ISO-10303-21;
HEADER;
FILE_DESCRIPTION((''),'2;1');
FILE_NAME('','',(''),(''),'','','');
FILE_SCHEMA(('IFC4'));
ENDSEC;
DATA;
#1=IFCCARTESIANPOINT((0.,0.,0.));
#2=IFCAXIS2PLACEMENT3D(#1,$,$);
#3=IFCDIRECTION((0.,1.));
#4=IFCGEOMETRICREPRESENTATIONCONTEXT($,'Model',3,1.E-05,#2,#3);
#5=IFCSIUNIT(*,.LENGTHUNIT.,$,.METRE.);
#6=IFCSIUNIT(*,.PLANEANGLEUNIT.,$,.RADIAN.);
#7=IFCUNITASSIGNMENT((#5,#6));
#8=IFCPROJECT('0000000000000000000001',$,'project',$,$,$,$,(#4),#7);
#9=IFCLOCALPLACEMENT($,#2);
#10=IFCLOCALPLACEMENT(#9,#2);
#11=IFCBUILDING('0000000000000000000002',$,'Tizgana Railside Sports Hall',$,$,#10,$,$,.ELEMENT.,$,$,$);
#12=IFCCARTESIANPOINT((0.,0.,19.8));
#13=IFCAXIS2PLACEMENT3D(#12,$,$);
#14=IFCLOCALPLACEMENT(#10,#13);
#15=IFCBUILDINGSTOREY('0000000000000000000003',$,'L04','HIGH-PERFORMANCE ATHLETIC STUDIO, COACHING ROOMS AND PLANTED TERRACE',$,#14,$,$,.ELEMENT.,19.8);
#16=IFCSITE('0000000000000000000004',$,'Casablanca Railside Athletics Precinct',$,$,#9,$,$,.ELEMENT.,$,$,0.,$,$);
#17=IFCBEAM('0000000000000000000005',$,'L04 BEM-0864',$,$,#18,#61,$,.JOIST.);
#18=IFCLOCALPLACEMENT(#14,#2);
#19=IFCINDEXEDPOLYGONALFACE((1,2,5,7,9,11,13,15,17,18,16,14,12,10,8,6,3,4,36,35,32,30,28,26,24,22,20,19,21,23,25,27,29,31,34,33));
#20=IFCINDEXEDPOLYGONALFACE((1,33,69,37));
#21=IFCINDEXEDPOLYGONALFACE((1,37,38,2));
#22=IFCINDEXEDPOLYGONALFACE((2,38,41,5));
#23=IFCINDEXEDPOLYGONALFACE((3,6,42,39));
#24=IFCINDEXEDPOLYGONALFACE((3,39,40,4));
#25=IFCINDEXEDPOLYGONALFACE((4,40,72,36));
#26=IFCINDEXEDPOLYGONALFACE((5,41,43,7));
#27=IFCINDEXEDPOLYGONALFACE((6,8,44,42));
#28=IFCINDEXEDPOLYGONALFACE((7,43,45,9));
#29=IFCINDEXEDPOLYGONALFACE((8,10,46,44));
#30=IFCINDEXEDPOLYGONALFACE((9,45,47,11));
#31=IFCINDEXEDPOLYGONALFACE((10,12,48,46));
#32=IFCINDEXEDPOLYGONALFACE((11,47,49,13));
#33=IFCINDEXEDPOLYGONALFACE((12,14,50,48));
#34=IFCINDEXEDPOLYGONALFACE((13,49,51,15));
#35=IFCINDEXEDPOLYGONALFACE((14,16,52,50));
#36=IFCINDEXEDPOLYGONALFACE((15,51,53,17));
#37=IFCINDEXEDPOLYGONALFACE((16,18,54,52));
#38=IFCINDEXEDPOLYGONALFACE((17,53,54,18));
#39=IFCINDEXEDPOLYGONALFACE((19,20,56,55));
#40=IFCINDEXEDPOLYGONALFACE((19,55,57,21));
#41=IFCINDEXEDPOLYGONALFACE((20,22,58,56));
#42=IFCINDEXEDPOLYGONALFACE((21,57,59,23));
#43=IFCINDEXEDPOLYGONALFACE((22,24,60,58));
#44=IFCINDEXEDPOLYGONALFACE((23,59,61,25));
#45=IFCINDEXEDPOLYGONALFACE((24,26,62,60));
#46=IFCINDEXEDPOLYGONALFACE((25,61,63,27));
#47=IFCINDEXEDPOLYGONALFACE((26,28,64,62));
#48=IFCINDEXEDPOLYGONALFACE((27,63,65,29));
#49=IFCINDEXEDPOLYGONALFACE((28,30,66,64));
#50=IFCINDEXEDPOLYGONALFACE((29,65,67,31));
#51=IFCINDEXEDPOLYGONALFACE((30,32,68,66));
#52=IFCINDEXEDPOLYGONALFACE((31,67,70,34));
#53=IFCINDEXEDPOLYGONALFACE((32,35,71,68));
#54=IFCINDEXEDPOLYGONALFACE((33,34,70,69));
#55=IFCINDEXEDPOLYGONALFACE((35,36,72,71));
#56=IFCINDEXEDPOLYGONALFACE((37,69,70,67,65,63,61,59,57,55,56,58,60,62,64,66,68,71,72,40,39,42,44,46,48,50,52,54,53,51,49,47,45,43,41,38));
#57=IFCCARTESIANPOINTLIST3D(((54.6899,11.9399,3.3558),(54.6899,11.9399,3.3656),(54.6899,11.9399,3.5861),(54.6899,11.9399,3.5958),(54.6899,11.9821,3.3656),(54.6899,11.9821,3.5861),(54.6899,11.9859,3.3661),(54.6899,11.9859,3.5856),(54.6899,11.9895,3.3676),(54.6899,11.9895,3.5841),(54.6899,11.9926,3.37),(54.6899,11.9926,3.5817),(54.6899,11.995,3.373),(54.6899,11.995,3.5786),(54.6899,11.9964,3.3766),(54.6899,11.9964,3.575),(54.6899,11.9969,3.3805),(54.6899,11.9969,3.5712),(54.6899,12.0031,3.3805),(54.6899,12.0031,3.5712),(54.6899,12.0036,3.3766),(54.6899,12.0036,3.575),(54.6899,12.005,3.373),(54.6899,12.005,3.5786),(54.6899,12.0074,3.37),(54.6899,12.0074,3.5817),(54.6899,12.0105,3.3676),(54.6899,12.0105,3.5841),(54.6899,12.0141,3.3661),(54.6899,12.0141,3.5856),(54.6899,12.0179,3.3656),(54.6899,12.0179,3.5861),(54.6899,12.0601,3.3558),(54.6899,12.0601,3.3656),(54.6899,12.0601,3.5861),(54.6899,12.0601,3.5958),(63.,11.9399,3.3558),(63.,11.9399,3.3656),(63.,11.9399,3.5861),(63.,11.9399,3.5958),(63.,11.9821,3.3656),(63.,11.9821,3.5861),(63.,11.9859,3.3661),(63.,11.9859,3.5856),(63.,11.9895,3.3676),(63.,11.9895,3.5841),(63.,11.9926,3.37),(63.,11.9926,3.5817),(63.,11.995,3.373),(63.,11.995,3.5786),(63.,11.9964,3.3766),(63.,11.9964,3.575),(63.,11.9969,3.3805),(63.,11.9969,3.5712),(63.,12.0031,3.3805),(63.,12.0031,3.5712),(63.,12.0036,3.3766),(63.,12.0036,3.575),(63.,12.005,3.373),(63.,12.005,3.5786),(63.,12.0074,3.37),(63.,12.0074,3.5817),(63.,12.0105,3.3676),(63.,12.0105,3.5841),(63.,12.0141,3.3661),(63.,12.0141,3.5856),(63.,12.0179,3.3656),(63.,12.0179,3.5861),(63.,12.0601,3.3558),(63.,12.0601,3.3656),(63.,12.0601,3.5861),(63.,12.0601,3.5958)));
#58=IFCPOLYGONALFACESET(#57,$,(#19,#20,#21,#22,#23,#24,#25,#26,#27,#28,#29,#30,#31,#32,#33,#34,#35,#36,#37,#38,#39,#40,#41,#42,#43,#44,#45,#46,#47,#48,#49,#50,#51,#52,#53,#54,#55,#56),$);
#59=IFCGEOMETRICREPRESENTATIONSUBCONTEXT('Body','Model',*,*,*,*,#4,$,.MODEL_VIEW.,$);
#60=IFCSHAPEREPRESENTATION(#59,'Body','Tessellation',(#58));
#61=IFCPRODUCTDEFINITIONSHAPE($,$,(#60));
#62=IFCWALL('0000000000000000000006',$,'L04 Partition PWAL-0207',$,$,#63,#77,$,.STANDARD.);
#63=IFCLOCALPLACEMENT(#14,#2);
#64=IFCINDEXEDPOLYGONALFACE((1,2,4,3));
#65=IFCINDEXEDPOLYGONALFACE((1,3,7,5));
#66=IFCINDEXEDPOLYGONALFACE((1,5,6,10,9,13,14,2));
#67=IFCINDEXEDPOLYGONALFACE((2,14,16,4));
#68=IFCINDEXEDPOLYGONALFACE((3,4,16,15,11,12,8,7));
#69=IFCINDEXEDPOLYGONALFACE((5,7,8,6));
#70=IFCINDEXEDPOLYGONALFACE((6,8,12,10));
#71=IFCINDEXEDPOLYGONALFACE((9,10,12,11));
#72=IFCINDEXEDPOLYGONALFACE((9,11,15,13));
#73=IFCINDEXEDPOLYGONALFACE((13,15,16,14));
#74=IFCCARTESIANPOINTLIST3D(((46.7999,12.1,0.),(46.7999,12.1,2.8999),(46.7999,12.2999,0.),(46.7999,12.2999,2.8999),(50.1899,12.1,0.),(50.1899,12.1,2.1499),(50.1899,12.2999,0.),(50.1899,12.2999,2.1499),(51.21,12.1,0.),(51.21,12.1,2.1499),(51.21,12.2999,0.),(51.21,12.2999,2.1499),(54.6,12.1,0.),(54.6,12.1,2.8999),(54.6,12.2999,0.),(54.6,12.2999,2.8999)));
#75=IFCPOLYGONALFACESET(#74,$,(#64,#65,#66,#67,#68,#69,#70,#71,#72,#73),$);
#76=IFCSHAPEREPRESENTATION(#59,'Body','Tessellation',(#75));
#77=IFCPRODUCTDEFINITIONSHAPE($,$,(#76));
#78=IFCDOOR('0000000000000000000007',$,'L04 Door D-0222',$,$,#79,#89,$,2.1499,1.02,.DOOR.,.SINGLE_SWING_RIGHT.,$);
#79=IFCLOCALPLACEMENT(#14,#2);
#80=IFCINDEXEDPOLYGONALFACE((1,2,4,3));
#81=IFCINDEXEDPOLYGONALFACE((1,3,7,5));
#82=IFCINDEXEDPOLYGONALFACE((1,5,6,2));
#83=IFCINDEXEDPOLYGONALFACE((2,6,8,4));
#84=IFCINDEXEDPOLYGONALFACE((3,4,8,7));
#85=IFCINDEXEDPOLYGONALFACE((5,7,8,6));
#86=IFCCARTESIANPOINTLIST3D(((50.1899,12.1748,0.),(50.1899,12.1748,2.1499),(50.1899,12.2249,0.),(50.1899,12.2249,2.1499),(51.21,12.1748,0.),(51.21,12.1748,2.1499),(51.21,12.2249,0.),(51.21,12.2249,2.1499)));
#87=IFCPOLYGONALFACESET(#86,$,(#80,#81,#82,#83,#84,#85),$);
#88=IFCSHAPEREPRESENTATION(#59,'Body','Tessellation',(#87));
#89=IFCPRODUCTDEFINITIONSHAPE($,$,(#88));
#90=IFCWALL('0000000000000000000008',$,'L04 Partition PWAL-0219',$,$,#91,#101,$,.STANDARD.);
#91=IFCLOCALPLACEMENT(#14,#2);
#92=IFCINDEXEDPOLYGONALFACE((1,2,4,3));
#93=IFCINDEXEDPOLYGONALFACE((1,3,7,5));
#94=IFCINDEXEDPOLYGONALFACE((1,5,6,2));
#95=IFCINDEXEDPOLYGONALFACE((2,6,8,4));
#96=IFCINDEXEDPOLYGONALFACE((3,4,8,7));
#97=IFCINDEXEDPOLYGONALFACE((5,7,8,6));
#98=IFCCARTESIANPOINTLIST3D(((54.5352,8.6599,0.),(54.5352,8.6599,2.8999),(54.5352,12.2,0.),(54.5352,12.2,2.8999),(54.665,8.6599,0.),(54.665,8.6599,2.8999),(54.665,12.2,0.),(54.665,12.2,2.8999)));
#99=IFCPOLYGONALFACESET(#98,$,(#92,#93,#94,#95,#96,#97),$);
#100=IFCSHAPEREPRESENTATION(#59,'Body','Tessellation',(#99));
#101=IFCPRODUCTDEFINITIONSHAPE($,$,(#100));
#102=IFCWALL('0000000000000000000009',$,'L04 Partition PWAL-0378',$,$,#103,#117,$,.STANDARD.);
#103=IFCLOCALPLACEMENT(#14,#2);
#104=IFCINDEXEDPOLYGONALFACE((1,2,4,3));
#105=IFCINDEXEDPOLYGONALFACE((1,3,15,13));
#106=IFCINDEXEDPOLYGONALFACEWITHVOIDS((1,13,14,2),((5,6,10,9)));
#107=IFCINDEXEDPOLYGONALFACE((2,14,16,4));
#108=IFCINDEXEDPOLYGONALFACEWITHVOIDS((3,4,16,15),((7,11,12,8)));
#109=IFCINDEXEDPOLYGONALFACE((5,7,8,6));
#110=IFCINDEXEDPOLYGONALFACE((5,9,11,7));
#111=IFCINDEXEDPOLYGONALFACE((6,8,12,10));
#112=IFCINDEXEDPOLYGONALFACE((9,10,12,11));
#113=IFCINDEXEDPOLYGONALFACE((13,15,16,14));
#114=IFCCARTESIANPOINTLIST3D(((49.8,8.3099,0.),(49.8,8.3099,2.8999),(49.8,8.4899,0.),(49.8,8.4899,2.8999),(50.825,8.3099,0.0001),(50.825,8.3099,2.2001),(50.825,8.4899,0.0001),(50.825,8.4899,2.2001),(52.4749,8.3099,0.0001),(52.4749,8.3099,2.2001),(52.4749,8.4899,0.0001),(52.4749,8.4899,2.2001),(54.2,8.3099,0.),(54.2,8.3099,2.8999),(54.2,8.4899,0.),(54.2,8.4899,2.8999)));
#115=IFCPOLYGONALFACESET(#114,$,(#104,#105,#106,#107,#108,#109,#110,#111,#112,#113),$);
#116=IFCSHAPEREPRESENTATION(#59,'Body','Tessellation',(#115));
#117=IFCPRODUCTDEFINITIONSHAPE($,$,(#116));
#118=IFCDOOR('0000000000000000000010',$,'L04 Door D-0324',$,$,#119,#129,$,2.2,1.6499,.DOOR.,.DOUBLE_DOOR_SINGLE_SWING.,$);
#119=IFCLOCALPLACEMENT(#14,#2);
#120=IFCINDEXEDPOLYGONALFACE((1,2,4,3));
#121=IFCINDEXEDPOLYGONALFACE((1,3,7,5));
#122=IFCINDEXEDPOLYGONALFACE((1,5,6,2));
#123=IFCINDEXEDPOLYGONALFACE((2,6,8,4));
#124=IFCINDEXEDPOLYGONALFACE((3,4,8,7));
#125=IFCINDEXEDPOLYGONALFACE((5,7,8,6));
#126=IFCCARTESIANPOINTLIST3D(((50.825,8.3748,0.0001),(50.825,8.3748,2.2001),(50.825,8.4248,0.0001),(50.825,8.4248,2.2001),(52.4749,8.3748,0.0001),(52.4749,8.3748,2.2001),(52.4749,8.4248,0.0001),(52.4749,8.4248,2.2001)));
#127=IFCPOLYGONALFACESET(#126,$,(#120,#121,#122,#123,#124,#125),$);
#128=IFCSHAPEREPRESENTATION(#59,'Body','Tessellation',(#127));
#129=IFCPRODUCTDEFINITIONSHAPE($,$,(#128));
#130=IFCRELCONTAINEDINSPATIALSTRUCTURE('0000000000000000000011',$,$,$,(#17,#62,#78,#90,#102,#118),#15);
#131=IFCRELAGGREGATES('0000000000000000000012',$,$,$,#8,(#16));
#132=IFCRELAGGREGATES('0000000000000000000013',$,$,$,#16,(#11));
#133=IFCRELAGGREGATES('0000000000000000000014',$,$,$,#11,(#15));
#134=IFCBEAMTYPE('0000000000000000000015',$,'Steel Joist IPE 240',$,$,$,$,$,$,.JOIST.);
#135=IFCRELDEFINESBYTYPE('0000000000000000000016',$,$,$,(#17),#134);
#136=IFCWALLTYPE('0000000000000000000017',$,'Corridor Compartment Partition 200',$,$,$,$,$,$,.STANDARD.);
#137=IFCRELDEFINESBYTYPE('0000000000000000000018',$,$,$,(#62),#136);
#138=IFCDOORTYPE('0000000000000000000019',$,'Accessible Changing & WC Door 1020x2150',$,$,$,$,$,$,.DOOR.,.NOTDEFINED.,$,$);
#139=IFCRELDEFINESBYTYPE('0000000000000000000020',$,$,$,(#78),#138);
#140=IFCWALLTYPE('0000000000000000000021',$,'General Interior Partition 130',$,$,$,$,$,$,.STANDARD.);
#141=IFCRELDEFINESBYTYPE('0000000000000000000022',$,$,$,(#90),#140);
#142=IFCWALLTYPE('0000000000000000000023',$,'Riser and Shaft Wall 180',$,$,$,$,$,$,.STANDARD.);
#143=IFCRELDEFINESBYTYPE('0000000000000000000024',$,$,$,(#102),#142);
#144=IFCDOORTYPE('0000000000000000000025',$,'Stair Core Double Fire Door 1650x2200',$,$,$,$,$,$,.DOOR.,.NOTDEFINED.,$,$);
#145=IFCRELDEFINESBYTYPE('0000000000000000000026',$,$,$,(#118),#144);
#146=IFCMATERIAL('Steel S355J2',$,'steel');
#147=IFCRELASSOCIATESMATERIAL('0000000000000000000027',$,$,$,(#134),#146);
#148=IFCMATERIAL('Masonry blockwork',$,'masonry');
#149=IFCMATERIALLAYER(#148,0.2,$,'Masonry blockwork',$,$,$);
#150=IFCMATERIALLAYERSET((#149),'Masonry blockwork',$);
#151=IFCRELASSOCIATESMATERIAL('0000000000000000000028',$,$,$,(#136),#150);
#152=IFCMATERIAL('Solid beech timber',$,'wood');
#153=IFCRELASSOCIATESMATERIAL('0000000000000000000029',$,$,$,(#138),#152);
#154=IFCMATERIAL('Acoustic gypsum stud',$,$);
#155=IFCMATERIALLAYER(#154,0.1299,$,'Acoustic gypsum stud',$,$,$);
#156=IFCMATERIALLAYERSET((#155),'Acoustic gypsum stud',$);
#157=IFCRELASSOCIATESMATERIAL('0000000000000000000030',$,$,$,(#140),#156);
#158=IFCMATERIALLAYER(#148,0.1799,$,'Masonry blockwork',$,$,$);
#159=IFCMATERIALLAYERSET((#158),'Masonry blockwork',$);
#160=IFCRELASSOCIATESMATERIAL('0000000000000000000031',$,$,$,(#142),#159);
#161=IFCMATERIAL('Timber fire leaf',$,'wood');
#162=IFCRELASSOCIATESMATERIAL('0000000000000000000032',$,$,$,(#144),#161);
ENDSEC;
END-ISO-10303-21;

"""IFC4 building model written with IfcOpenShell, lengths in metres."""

from ifc_helpers import new_model, si_unit, direction, frame, frame_2d, origin, origin_2d, place, context, subcontext, project, spatial, rectangle, i_section, extrude, material, layer, layer_set, material_profile, profile_set, type_object, element, fill, save


model = new_model("IFC4")

# Units and contexts
model_context = context("Model", 3, precision=1e-05, world=origin(), true_north=direction((0.0, 1.0)))
body_context = subcontext(model_context, "Body", "Model", "MODEL_VIEW")
ifc_project = project(units=[si_unit("LENGTHUNIT", "METRE"), si_unit("PLANEANGLEUNIT", "RADIAN")], contexts=[model_context])

# Site, building, storey
site_placement = place(None, origin())
site = spatial("IfcSite", under=ifc_project, at=site_placement, Name="Casablanca Railside Athletics Precinct", CompositionType="ELEMENT", RefElevation=0.0)
building_placement = place(site_placement, origin())
building = spatial("IfcBuilding", under=site, at=building_placement, Name="Tizgana Railside Sports Hall", CompositionType="ELEMENT")
storey_placement = place(building_placement, frame((0.0, 0.0, 19.8)))
storey = spatial("IfcBuildingStorey", under=building, at=storey_placement, Name="L04", Description="HIGH-PERFORMANCE ATHLETIC STUDIO, COACHING ROOMS AND PLANTED TERRACE", CompositionType="ELEMENT", Elevation=19.8)

# Beam
ifc_material_1 = material(Name="Steel S355J2", Category="steel")
ifc_material_profile_1 = material_profile(ifc_material_1, i_section(OverallWidth=0.1201, OverallDepth=0.24, WebThickness=0.0061, FlangeThickness=0.0098, FilletRadius=0.0149, at=origin_2d()), Name="IPE 240")
ifc_profile_set_1 = profile_set([ifc_material_profile_1], Name="Steel S355J2")
beam_type_1 = type_object("IfcBeamType", Name="Steel Joist IPE 240", PredefinedType="JOIST", material=ifc_profile_set_1)
beam_1_placement = place(storey_placement, frame((54.6899, 12.0, 3.4758), z_axis=(1.0, 0.0, 0.0), x_axis=(0.0, 1.0, 0.0)))
element("IfcBeam", 1, at=beam_1_placement, inside=storey, type_object=beam_type_1, Name="L04 BEM-0864", PredefinedType="JOIST", context=body_context, shape_type="SweptSolid", body=[
    extrude(i_section(OverallWidth=0.1201, OverallDepth=0.24, WebThickness=0.0061, FlangeThickness=0.0098, FilletRadius=0.0149, at=origin_2d()), origin(), (0.0, 0.0, 1.0), 8.3101),
])

# Wall, opening, door
ifc_material_2 = material(Name="Masonry blockwork", Category="masonry")
ifc_layer_1 = layer(ifc_material_2, 0.2, Name="Masonry blockwork")
ifc_layer_set_1 = layer_set([ifc_layer_1], Name="Masonry blockwork")
wall_type_1 = type_object("IfcWallType", Name="Corridor Compartment Partition 200", PredefinedType="STANDARD", material=ifc_layer_set_1)
wall_1_placement = place(storey_placement, frame((46.8, 12.2, 0.0), z_axis=(0.0, 0.0, 1.0), x_axis=(1.0, 0.0, 0.0)))
wall_1 = element("IfcWall", 2, at=wall_1_placement, inside=storey, type_object=wall_type_1, Name="L04 Partition PWAL-0207", PredefinedType="STANDARD", context=body_context, shape_type="SweptSolid", body=[
    extrude(rectangle(XDim=7.8, YDim=0.2, at=frame_2d((3.8999, 0.0))), origin(), (0.0, 0.0, 1.0), 2.8999),
])
opening_1_placement = place(wall_1_placement, frame((3.3899, 0.0, 0.0)))
opening_1 = element("IfcOpeningElement", 3, at=opening_1_placement, cuts=wall_1, PredefinedType="OPENING", context=body_context, shape_type="SweptSolid", body=[
    extrude(rectangle(XDim=1.02, YDim=2.1499, at=frame_2d((0.51, 1.075))), frame((0.0, 0.1099, 0.0), z_axis=(0.0, -1.0, 0.0), x_axis=(1.0, 0.0, 0.0)), (0.0, 0.0, 1.0), 0.22),
])
ifc_material_3 = material(Name="Solid beech timber", Category="wood")
door_type_1 = type_object("IfcDoorType", Name="Accessible Changing & WC Door 1020x2150", OperationType="NOTDEFINED", PredefinedType="DOOR", material=ifc_material_3)
door_1_placement = place(opening_1_placement, origin())
door_1 = element("IfcDoor", 4, at=door_1_placement, inside=storey, type_object=door_type_1, Name="L04 Door D-0222", OperationType="SINGLE_SWING_RIGHT", OverallHeight=2.1499, OverallWidth=1.02, PredefinedType="DOOR", context=body_context, shape_type="SweptSolid", body=[
    extrude(rectangle(XDim=1.02, YDim=2.1499, at=frame_2d((0.51, 1.075))), frame((0.0, 0.0249, 0.0), z_axis=(0.0, -1.0, 0.0), x_axis=(1.0, 0.0, 0.0)), (0.0, 0.0, 1.0), 0.05),
])
fill(opening_1, door_1)

# Wall
ifc_material_4 = material(Name="Acoustic gypsum stud")
ifc_layer_2 = layer(ifc_material_4, 0.1299, Name="Acoustic gypsum stud")
ifc_layer_set_2 = layer_set([ifc_layer_2], Name="Acoustic gypsum stud")
wall_type_2 = type_object("IfcWallType", Name="General Interior Partition 130", PredefinedType="STANDARD", material=ifc_layer_set_2)
wall_2_placement = place(storey_placement, frame((54.6001, 8.6599, 0.0), z_axis=(0.0, 0.0, 1.0), x_axis=(0.0, 1.0, 0.0)))
element("IfcWall", 5, at=wall_2_placement, inside=storey, type_object=wall_type_2, Name="L04 Partition PWAL-0219", PredefinedType="STANDARD", context=body_context, shape_type="SweptSolid", body=[
    extrude(rectangle(XDim=3.54, YDim=0.1299, at=frame_2d((1.77, 0.0))), origin(), (0.0, 0.0, 1.0), 2.8999),
])

# Wall, opening, door
ifc_layer_3 = layer(ifc_material_2, 0.1799, Name="Masonry blockwork")
ifc_layer_set_3 = layer_set([ifc_layer_3], Name="Masonry blockwork")
wall_type_3 = type_object("IfcWallType", Name="Riser and Shaft Wall 180", PredefinedType="STANDARD", material=ifc_layer_set_3)
wall_3_placement = place(storey_placement, frame((49.8, 8.3999, 0.0), z_axis=(0.0, 0.0, 1.0), x_axis=(1.0, 0.0, 0.0)))
wall_3 = element("IfcWall", 6, at=wall_3_placement, inside=storey, type_object=wall_type_3, Name="L04 Partition PWAL-0378", PredefinedType="STANDARD", context=body_context, shape_type="SweptSolid", body=[
    extrude(rectangle(XDim=4.3999, YDim=0.1799, at=frame_2d((2.2, 0.0))), origin(), (0.0, 0.0, 1.0), 2.8999),
])
opening_2_placement = place(wall_3_placement, frame((1.0249, 0.0, 0.0)))
opening_2 = element("IfcOpeningElement", 7, at=opening_2_placement, cuts=wall_3, PredefinedType="OPENING", context=body_context, shape_type="SweptSolid", body=[
    extrude(rectangle(XDim=1.6499, YDim=2.2, at=frame_2d((0.825, 1.1001))), frame((0.0, 0.0999, 0.0), z_axis=(0.0, -1.0, 0.0), x_axis=(1.0, 0.0, 0.0)), (0.0, 0.0, 1.0), 0.2),
])
ifc_material_5 = material(Name="Timber fire leaf", Category="wood")
door_type_2 = type_object("IfcDoorType", Name="Stair Core Double Fire Door 1650x2200", OperationType="NOTDEFINED", PredefinedType="DOOR", material=ifc_material_5)
door_2_placement = place(opening_2_placement, origin())
door_2 = element("IfcDoor", 8, at=door_2_placement, inside=storey, type_object=door_type_2, Name="L04 Door D-0324", OperationType="DOUBLE_DOOR_SINGLE_SWING", OverallHeight=2.2, OverallWidth=1.6499, PredefinedType="DOOR", context=body_context, shape_type="SweptSolid", body=[
    extrude(rectangle(XDim=1.6499, YDim=2.2, at=frame_2d((0.825, 1.1001))), frame((0.0, 0.0249, 0.0), z_axis=(0.0, -1.0, 0.0), x_axis=(1.0, 0.0, 0.0)), (0.0, 0.0, 1.0), 0.05),
])
fill(opening_2, door_2)

save(model, "model.ifc")
